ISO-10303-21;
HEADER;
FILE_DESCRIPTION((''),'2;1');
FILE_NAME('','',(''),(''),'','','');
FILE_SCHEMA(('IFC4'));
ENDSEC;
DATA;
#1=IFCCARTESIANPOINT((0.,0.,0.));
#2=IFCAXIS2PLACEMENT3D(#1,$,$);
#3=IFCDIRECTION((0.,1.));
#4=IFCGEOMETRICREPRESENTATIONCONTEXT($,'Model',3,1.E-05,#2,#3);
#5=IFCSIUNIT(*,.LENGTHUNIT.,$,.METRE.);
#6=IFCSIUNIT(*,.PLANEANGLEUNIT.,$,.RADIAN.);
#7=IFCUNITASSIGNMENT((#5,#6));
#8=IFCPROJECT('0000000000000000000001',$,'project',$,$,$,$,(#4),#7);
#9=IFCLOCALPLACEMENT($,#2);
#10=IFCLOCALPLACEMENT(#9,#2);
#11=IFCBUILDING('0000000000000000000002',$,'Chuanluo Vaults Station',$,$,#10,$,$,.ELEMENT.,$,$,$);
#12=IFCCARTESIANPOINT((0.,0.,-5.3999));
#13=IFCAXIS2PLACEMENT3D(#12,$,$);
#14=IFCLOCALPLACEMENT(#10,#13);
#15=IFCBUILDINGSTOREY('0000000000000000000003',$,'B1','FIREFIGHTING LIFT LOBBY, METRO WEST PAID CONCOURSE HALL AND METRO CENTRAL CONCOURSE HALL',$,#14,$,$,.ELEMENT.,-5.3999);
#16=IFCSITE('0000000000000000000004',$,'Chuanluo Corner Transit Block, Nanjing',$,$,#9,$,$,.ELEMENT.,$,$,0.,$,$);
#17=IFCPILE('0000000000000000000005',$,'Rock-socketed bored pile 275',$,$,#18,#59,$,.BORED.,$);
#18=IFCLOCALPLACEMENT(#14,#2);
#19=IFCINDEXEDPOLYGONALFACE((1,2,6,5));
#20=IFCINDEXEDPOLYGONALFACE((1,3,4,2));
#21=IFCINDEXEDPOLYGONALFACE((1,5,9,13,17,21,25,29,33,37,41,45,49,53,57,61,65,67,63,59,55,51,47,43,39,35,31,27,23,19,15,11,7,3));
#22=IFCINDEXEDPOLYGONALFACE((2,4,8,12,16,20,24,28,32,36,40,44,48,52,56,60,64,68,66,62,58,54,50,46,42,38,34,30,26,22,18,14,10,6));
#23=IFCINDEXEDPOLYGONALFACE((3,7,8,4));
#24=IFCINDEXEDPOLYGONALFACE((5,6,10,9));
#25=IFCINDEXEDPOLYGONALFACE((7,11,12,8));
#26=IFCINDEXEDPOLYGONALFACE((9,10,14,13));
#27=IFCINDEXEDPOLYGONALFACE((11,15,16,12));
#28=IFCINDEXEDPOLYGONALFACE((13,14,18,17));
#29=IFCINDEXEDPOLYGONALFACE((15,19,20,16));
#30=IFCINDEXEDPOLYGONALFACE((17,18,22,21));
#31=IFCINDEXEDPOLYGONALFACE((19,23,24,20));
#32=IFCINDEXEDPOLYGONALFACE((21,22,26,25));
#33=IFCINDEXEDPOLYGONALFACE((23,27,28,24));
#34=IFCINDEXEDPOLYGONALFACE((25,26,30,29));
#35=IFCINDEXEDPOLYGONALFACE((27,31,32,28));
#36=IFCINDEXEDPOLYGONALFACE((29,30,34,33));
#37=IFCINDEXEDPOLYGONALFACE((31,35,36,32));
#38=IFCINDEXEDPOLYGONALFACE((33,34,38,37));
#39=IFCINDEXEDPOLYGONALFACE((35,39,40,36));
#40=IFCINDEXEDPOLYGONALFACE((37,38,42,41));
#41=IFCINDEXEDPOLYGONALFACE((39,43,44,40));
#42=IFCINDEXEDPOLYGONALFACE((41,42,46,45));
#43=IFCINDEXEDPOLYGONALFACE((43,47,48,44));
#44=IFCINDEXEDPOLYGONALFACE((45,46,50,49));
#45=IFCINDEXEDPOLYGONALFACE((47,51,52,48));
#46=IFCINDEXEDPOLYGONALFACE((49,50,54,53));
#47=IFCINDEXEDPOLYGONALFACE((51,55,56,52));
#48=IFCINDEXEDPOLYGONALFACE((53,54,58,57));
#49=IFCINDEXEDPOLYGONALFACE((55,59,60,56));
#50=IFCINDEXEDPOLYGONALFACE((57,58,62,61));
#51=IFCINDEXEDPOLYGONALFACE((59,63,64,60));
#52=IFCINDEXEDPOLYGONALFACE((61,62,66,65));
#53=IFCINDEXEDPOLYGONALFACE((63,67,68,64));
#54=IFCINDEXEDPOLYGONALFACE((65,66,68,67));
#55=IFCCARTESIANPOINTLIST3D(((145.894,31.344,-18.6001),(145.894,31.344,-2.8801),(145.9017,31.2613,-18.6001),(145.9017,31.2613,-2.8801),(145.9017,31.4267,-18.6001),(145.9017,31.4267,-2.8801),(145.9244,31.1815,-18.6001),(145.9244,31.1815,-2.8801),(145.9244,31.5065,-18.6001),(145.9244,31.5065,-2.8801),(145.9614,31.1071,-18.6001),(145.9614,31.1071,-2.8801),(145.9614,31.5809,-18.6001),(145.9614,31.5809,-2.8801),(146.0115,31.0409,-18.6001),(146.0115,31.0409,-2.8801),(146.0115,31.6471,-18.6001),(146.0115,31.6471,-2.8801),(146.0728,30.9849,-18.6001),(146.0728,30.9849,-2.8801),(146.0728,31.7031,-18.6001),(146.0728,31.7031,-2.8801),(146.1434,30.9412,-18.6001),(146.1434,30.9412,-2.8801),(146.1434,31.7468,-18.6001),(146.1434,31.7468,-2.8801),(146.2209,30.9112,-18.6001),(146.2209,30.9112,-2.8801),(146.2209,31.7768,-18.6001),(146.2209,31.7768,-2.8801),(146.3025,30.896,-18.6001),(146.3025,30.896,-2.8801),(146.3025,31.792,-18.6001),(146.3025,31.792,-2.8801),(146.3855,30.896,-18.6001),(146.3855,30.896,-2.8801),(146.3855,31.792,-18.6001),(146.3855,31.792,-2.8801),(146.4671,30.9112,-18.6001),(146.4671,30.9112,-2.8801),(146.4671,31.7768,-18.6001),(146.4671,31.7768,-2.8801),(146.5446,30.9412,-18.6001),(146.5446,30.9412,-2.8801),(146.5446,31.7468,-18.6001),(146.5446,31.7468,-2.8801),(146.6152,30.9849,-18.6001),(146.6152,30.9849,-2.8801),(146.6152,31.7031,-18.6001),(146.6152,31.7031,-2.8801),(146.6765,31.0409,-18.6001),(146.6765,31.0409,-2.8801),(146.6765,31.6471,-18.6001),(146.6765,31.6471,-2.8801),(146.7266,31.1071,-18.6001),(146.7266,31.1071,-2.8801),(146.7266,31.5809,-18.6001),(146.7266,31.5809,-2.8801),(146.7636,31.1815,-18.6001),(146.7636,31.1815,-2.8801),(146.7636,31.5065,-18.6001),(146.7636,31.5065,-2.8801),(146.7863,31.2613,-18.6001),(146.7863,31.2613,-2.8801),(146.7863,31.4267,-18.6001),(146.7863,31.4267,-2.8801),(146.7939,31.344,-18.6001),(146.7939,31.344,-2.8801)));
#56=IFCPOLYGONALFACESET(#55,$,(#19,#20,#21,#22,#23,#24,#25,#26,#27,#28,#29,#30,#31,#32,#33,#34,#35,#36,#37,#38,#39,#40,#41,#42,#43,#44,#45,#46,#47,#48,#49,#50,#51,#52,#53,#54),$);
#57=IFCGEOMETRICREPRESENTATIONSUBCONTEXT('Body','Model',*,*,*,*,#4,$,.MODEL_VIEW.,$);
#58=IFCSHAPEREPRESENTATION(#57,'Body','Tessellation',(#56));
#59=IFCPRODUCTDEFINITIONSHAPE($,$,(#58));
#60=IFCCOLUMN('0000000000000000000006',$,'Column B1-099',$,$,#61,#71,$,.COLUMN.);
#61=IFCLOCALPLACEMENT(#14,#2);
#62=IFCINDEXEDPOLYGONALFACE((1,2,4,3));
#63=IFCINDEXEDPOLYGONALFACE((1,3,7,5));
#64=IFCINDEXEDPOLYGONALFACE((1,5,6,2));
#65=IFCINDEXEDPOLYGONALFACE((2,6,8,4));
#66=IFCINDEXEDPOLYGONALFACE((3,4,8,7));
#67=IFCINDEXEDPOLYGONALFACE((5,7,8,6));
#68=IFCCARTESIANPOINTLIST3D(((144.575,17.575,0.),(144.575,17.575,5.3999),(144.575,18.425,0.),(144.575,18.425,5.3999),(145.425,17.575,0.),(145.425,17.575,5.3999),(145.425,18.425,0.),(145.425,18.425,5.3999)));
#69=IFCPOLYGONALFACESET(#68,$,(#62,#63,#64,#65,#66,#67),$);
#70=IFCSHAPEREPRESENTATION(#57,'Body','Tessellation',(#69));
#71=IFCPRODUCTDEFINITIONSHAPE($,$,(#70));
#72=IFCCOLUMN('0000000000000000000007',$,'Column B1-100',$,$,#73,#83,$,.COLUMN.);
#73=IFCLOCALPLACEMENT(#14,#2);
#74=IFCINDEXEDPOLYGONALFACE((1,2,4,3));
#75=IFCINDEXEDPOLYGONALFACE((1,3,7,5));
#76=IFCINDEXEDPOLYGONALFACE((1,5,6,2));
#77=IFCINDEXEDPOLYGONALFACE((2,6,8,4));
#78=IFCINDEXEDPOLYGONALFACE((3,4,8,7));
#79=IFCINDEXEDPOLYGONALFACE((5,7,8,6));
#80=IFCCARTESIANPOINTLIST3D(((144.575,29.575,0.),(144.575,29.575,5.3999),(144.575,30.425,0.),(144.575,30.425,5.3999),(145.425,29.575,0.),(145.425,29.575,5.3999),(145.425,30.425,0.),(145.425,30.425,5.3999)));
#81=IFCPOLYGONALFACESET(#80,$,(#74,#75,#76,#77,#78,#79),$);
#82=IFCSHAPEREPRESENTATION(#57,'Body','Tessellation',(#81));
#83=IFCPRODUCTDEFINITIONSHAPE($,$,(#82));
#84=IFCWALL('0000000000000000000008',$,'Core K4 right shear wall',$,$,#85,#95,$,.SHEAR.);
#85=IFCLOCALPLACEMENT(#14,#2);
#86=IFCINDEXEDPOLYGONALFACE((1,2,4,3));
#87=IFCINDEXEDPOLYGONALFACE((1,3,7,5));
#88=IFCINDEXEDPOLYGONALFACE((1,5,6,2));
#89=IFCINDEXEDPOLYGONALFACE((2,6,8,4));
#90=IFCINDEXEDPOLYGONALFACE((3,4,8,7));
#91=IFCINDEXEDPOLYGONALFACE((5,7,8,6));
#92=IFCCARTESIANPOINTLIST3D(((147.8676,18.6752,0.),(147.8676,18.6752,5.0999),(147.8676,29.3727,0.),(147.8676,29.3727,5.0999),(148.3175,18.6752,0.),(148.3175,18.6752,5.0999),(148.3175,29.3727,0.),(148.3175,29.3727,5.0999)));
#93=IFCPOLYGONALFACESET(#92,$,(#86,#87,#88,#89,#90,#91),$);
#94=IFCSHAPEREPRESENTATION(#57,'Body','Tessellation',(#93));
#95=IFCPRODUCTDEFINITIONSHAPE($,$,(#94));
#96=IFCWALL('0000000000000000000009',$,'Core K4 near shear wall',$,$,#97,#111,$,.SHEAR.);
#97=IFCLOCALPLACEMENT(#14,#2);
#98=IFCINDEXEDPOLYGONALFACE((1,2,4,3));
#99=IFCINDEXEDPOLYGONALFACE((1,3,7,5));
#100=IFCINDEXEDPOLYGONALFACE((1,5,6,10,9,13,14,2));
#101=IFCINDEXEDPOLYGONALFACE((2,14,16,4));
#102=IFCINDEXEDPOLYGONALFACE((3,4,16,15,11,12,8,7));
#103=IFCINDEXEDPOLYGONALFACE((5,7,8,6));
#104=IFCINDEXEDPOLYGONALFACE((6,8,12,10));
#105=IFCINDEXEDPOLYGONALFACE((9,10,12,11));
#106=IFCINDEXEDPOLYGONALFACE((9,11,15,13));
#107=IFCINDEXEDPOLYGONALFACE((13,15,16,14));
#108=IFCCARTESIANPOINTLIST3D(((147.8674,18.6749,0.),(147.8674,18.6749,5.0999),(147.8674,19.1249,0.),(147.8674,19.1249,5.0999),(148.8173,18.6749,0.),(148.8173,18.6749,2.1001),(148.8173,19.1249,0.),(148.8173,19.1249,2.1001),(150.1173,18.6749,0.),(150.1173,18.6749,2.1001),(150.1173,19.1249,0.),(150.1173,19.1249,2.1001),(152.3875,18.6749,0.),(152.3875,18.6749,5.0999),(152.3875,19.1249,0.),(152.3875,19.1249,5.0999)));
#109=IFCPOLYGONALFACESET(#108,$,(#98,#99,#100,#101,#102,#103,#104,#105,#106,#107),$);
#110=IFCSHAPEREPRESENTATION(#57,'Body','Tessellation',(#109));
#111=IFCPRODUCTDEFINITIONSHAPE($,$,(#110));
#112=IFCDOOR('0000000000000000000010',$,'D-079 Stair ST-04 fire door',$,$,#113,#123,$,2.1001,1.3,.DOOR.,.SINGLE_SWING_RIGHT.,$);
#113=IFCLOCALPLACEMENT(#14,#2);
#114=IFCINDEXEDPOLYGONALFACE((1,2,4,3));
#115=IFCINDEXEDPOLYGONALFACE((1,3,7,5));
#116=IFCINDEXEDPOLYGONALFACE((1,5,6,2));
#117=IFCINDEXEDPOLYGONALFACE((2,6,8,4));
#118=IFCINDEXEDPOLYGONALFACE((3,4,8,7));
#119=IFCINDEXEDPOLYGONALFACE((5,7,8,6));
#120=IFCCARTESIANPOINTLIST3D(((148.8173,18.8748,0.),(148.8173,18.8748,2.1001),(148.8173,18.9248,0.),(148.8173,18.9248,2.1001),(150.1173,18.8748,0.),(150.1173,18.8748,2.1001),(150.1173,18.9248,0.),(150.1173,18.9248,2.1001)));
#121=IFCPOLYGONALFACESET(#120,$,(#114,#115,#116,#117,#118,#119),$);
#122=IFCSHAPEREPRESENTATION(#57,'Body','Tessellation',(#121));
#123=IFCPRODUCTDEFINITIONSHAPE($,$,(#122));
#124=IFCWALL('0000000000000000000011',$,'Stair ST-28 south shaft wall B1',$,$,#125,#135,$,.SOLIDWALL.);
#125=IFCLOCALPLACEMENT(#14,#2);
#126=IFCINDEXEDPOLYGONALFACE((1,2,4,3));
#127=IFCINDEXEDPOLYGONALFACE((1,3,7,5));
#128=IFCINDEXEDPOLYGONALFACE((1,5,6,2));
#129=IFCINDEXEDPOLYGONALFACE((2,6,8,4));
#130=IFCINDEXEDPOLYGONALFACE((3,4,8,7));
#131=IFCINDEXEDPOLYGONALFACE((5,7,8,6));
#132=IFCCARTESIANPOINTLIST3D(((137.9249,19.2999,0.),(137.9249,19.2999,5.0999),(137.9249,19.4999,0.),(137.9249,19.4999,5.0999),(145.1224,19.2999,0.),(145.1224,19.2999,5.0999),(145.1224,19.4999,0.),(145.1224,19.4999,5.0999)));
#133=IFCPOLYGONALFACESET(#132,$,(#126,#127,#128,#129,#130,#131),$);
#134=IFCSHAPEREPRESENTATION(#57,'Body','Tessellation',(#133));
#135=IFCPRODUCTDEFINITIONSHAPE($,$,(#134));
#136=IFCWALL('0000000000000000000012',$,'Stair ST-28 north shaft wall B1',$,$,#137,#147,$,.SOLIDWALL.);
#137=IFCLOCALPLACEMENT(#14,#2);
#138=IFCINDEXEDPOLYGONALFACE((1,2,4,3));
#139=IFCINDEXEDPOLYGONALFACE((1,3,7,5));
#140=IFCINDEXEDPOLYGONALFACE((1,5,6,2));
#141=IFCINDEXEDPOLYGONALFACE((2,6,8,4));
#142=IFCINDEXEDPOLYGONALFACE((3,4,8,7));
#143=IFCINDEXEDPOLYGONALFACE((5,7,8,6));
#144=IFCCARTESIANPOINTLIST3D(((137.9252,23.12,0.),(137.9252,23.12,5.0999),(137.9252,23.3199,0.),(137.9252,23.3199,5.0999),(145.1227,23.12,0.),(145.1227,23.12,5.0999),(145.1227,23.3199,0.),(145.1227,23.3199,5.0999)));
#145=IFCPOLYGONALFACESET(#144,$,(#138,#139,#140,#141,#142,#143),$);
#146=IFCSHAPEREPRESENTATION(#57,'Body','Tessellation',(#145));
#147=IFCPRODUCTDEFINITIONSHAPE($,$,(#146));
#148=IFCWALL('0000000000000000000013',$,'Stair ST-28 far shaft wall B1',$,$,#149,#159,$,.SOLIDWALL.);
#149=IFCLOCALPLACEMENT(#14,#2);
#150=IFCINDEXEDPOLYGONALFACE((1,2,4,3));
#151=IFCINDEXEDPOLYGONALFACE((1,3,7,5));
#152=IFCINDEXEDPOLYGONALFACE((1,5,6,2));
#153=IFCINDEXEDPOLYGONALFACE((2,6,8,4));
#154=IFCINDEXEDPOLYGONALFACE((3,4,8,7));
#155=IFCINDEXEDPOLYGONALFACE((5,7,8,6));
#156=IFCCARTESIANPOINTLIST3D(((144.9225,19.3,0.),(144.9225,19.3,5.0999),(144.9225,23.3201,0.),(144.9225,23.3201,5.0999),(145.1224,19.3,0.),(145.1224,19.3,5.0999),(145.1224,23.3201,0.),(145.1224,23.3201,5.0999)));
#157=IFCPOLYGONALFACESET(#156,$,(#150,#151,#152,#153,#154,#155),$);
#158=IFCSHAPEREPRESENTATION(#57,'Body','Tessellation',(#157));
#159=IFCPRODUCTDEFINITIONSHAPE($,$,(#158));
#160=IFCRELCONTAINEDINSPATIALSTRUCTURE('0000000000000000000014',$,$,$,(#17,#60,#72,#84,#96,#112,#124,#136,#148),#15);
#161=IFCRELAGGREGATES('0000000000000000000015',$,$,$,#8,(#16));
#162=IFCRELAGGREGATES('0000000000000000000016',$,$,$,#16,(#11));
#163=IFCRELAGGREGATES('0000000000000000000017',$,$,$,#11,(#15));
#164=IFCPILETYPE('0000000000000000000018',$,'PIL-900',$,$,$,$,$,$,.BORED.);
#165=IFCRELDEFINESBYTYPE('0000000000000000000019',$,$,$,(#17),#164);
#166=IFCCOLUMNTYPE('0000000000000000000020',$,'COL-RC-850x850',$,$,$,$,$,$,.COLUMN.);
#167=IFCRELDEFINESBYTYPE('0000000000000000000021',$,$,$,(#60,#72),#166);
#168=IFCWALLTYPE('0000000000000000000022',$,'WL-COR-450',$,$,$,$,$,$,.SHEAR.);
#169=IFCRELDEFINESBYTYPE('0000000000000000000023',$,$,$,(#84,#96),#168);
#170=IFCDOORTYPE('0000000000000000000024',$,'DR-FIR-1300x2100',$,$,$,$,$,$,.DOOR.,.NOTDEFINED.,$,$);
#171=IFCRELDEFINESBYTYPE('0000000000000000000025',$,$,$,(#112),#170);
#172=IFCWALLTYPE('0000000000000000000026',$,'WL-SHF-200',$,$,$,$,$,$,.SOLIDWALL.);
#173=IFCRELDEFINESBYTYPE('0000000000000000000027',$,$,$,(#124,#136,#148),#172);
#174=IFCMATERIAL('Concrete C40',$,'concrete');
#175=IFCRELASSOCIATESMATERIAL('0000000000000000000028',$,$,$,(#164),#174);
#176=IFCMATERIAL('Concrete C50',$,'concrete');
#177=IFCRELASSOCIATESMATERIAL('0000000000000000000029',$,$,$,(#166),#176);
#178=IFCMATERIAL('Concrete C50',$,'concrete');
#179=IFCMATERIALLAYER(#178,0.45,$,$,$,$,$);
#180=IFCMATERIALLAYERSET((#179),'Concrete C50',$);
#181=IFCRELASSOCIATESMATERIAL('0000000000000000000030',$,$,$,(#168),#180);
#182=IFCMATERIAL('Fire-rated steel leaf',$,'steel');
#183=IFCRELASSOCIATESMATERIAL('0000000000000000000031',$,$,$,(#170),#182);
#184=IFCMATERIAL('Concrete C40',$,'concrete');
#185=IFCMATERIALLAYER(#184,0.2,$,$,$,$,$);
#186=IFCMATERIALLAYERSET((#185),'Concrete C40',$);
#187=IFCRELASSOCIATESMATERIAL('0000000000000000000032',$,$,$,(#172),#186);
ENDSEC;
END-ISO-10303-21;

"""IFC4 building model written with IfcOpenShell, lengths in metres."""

from ifc_helpers import new_model, si_unit, direction, frame, frame_2d, origin, origin_2d, place, context, subcontext, project, spatial, rectangle, circle, extrude, material, layer, layer_set, material_profile, profile_set, type_object, element, fill, save


model = new_model("IFC4")

# Units and contexts
model_context = context("Model", 3, precision=1e-05, world=origin(), true_north=direction((0.0, 1.0)))
body_context = subcontext(model_context, "Body", "Model", "MODEL_VIEW")
ifc_project = project(units=[si_unit("LENGTHUNIT", "METRE"), si_unit("PLANEANGLEUNIT", "RADIAN")], contexts=[model_context])

# Site, building, storey
site_placement = place(None, origin())
site = spatial("IfcSite", under=ifc_project, at=site_placement, Name="Chuanluo Corner Transit Block, Nanjing", CompositionType="ELEMENT", RefElevation=0.0)
building_placement = place(site_placement, origin())
building = spatial("IfcBuilding", under=site, at=building_placement, Name="Chuanluo Vaults Station", CompositionType="ELEMENT")
storey_placement = place(building_placement, frame((0.0, 0.0, -5.3999)))
storey = spatial("IfcBuildingStorey", under=building, at=storey_placement, Name="B1", Description="FIREFIGHTING LIFT LOBBY, METRO WEST PAID CONCOURSE HALL AND METRO CENTRAL CONCOURSE HALL", CompositionType="ELEMENT", Elevation=-5.3999)

# Pile
ifc_material_1 = material(Name="Concrete C40", Category="concrete")
ifc_material_profile_1 = material_profile(ifc_material_1, circle(Radius=0.45, at=origin_2d()))
ifc_profile_set_1 = profile_set([ifc_material_profile_1], Name="Concrete C40")
pile_type_1 = type_object("IfcPileType", Name="PIL-900", PredefinedType="BORED", material=ifc_profile_set_1)
for number, where, z_axis, x_axis, name in (
    (1, (146.344, 31.344, -2.8801), (0.0, 0.0, -1.0), (1.0, 0.0, 0.0), "Rock-socketed bored pile 275"),
):
    element("IfcPile", number, at=place(storey_placement, frame(where, z_axis=z_axis, x_axis=x_axis)), inside=storey, type_object=pile_type_1, Name=name, PredefinedType="BORED", context=body_context, shape_type="SweptSolid", body=[
        extrude(circle(Radius=0.45, at=origin_2d()), origin(), (0.0, 0.0, 1.0), 15.72),
    ])

# Columns
ifc_material_2 = material(Name="Concrete C50", Category="concrete")
ifc_material_profile_2 = material_profile(ifc_material_2, rectangle(XDim=0.8501, YDim=0.8501, at=origin_2d()))
ifc_profile_set_2 = profile_set([ifc_material_profile_2], Name="Concrete C50")
column_type = type_object("IfcColumnType", Name="COL-RC-850x850", PredefinedType="COLUMN", material=ifc_profile_set_2)
for number, where, z_axis, x_axis, name in (
    (2, (145.0, 18.0, 0.0), (0.0, 0.0, 1.0), (1.0, 0.0, 0.0), "Column B1-099"),
    (3, (145.0, 30.0, 0.0), (0.0, 0.0, 1.0), (1.0, 0.0, 0.0), "Column B1-100"),
):
    element("IfcColumn", number, at=place(storey_placement, frame(where, z_axis=z_axis, x_axis=x_axis)), inside=storey, type_object=column_type, Name=name, PredefinedType="COLUMN", context=body_context, shape_type="SweptSolid", body=[
        extrude(rectangle(XDim=0.8501, YDim=0.8501, at=origin_2d()), origin(), (0.0, 0.0, 1.0), 5.3999),
    ])

# Wall
ifc_material_3 = material(Name="Concrete C50", Category="concrete")
ifc_layer_1 = layer(ifc_material_3, 0.45)
ifc_layer_set_1 = layer_set([ifc_layer_1], Name="Concrete C50")
wall_type_1 = type_object("IfcWallType", Name="WL-COR-450", PredefinedType="SHEAR", material=ifc_layer_set_1)
wall_1_placement = place(storey_placement, frame((148.0925, 29.3726, 0.0), z_axis=(0.0, 0.0, 1.0), x_axis=(0.0, -1.0, 0.0)))
element("IfcWall", 4, at=wall_1_placement, inside=storey, type_object=wall_type_1, Name="Core K4 right shear wall", PredefinedType="SHEAR", context=body_context, shape_type="SweptSolid", body=[
    extrude(rectangle(XDim=10.6975, YDim=0.45, at=frame_2d((5.3486, 0.0))), origin(), (0.0, 0.0, 1.0), 5.0999),
])

# Wall, opening, door
wall_2_placement = place(storey_placement, frame((147.8674, 18.8999, 0.0), z_axis=(0.0, 0.0, 1.0), x_axis=(1.0, 0.0, 0.0)))
wall_2 = element("IfcWall", 5, at=wall_2_placement, inside=storey, type_object=wall_type_1, Name="Core K4 near shear wall", PredefinedType="SHEAR", context=body_context, shape_type="SweptSolid", body=[
    extrude(rectangle(XDim=4.52, YDim=0.45, at=frame_2d((2.26, 0.0))), origin(), (0.0, 0.0, 1.0), 5.0999),
])
opening_placement = place(wall_2_placement, frame((0.95, 0.0, 0.0)))
opening = element("IfcOpeningElement", 6, at=opening_placement, cuts=wall_2, PredefinedType="OPENING", context=body_context, shape_type="SweptSolid", body=[
    extrude(rectangle(XDim=1.3, YDim=2.1001, at=frame_2d((0.6499, 1.05))), frame((0.0, 0.2351, 0.0), z_axis=(0.0, -1.0, 0.0), x_axis=(1.0, 0.0, 0.0)), (0.0, 0.0, 1.0), 0.4699),
])
ifc_material_4 = material(Name="Fire-rated steel leaf", Category="steel")
door_type = type_object("IfcDoorType", Name="DR-FIR-1300x2100", OperationType="NOTDEFINED", PredefinedType="DOOR", material=ifc_material_4)
door_placement = place(opening_placement, origin())
door = element("IfcDoor", 7, at=door_placement, inside=storey, type_object=door_type, Name="D-079 Stair ST-04 fire door", OperationType="SINGLE_SWING_RIGHT", OverallHeight=2.1001, OverallWidth=1.3, PredefinedType="DOOR", context=body_context, shape_type="SweptSolid", body=[
    extrude(rectangle(XDim=1.3, YDim=2.1001, at=frame_2d((0.6499, 1.05))), frame((0.0, 0.0249, 0.0), z_axis=(0.0, -1.0, 0.0), x_axis=(1.0, 0.0, 0.0)), (0.0, 0.0, 1.0), 0.05),
])
fill(opening, door)

# Walls
ifc_material_5 = material(Name="Concrete C40", Category="concrete")
ifc_layer_2 = layer(ifc_material_5, 0.2)
ifc_layer_set_2 = layer_set([ifc_layer_2], Name="Concrete C40")
wall_type_2 = type_object("IfcWallType", Name="WL-SHF-200", PredefinedType="SOLIDWALL", material=ifc_layer_set_2)
for number, where, z_axis, x_axis, name in (
    (8, (137.925, 19.3999, 0.0), (0.0, 0.0, 1.0), (1.0, 0.0, 0.0), "Stair ST-28 south shaft wall B1"),
    (9, (145.1226, 23.22, 0.0), (0.0, 0.0, 1.0), (-1.0, 0.0, 0.0), "Stair ST-28 north shaft wall B1"),
):
    element("IfcWall", number, at=place(storey_placement, frame(where, z_axis=z_axis, x_axis=x_axis)), inside=storey, type_object=wall_type_2, Name=name, PredefinedType="SOLIDWALL", context=body_context, shape_type="SweptSolid", body=[
        extrude(rectangle(XDim=7.1975, YDim=0.2, at=frame_2d((3.5986, 0.0))), origin(), (0.0, 0.0, 1.0), 5.0999),
    ])
wall_3_placement = place(storey_placement, frame((145.0225, 19.3, 0.0), z_axis=(0.0, 0.0, 1.0), x_axis=(0.0, 1.0, 0.0)))
element("IfcWall", 10, at=wall_3_placement, inside=storey, type_object=wall_type_2, Name="Stair ST-28 far shaft wall B1", PredefinedType="SOLIDWALL", context=body_context, shape_type="SweptSolid", body=[
    extrude(rectangle(XDim=4.02, YDim=0.2, at=frame_2d((2.01, 0.0))), origin(), (0.0, 0.0, 1.0), 5.0999),
])

save(model, "model.ifc")
